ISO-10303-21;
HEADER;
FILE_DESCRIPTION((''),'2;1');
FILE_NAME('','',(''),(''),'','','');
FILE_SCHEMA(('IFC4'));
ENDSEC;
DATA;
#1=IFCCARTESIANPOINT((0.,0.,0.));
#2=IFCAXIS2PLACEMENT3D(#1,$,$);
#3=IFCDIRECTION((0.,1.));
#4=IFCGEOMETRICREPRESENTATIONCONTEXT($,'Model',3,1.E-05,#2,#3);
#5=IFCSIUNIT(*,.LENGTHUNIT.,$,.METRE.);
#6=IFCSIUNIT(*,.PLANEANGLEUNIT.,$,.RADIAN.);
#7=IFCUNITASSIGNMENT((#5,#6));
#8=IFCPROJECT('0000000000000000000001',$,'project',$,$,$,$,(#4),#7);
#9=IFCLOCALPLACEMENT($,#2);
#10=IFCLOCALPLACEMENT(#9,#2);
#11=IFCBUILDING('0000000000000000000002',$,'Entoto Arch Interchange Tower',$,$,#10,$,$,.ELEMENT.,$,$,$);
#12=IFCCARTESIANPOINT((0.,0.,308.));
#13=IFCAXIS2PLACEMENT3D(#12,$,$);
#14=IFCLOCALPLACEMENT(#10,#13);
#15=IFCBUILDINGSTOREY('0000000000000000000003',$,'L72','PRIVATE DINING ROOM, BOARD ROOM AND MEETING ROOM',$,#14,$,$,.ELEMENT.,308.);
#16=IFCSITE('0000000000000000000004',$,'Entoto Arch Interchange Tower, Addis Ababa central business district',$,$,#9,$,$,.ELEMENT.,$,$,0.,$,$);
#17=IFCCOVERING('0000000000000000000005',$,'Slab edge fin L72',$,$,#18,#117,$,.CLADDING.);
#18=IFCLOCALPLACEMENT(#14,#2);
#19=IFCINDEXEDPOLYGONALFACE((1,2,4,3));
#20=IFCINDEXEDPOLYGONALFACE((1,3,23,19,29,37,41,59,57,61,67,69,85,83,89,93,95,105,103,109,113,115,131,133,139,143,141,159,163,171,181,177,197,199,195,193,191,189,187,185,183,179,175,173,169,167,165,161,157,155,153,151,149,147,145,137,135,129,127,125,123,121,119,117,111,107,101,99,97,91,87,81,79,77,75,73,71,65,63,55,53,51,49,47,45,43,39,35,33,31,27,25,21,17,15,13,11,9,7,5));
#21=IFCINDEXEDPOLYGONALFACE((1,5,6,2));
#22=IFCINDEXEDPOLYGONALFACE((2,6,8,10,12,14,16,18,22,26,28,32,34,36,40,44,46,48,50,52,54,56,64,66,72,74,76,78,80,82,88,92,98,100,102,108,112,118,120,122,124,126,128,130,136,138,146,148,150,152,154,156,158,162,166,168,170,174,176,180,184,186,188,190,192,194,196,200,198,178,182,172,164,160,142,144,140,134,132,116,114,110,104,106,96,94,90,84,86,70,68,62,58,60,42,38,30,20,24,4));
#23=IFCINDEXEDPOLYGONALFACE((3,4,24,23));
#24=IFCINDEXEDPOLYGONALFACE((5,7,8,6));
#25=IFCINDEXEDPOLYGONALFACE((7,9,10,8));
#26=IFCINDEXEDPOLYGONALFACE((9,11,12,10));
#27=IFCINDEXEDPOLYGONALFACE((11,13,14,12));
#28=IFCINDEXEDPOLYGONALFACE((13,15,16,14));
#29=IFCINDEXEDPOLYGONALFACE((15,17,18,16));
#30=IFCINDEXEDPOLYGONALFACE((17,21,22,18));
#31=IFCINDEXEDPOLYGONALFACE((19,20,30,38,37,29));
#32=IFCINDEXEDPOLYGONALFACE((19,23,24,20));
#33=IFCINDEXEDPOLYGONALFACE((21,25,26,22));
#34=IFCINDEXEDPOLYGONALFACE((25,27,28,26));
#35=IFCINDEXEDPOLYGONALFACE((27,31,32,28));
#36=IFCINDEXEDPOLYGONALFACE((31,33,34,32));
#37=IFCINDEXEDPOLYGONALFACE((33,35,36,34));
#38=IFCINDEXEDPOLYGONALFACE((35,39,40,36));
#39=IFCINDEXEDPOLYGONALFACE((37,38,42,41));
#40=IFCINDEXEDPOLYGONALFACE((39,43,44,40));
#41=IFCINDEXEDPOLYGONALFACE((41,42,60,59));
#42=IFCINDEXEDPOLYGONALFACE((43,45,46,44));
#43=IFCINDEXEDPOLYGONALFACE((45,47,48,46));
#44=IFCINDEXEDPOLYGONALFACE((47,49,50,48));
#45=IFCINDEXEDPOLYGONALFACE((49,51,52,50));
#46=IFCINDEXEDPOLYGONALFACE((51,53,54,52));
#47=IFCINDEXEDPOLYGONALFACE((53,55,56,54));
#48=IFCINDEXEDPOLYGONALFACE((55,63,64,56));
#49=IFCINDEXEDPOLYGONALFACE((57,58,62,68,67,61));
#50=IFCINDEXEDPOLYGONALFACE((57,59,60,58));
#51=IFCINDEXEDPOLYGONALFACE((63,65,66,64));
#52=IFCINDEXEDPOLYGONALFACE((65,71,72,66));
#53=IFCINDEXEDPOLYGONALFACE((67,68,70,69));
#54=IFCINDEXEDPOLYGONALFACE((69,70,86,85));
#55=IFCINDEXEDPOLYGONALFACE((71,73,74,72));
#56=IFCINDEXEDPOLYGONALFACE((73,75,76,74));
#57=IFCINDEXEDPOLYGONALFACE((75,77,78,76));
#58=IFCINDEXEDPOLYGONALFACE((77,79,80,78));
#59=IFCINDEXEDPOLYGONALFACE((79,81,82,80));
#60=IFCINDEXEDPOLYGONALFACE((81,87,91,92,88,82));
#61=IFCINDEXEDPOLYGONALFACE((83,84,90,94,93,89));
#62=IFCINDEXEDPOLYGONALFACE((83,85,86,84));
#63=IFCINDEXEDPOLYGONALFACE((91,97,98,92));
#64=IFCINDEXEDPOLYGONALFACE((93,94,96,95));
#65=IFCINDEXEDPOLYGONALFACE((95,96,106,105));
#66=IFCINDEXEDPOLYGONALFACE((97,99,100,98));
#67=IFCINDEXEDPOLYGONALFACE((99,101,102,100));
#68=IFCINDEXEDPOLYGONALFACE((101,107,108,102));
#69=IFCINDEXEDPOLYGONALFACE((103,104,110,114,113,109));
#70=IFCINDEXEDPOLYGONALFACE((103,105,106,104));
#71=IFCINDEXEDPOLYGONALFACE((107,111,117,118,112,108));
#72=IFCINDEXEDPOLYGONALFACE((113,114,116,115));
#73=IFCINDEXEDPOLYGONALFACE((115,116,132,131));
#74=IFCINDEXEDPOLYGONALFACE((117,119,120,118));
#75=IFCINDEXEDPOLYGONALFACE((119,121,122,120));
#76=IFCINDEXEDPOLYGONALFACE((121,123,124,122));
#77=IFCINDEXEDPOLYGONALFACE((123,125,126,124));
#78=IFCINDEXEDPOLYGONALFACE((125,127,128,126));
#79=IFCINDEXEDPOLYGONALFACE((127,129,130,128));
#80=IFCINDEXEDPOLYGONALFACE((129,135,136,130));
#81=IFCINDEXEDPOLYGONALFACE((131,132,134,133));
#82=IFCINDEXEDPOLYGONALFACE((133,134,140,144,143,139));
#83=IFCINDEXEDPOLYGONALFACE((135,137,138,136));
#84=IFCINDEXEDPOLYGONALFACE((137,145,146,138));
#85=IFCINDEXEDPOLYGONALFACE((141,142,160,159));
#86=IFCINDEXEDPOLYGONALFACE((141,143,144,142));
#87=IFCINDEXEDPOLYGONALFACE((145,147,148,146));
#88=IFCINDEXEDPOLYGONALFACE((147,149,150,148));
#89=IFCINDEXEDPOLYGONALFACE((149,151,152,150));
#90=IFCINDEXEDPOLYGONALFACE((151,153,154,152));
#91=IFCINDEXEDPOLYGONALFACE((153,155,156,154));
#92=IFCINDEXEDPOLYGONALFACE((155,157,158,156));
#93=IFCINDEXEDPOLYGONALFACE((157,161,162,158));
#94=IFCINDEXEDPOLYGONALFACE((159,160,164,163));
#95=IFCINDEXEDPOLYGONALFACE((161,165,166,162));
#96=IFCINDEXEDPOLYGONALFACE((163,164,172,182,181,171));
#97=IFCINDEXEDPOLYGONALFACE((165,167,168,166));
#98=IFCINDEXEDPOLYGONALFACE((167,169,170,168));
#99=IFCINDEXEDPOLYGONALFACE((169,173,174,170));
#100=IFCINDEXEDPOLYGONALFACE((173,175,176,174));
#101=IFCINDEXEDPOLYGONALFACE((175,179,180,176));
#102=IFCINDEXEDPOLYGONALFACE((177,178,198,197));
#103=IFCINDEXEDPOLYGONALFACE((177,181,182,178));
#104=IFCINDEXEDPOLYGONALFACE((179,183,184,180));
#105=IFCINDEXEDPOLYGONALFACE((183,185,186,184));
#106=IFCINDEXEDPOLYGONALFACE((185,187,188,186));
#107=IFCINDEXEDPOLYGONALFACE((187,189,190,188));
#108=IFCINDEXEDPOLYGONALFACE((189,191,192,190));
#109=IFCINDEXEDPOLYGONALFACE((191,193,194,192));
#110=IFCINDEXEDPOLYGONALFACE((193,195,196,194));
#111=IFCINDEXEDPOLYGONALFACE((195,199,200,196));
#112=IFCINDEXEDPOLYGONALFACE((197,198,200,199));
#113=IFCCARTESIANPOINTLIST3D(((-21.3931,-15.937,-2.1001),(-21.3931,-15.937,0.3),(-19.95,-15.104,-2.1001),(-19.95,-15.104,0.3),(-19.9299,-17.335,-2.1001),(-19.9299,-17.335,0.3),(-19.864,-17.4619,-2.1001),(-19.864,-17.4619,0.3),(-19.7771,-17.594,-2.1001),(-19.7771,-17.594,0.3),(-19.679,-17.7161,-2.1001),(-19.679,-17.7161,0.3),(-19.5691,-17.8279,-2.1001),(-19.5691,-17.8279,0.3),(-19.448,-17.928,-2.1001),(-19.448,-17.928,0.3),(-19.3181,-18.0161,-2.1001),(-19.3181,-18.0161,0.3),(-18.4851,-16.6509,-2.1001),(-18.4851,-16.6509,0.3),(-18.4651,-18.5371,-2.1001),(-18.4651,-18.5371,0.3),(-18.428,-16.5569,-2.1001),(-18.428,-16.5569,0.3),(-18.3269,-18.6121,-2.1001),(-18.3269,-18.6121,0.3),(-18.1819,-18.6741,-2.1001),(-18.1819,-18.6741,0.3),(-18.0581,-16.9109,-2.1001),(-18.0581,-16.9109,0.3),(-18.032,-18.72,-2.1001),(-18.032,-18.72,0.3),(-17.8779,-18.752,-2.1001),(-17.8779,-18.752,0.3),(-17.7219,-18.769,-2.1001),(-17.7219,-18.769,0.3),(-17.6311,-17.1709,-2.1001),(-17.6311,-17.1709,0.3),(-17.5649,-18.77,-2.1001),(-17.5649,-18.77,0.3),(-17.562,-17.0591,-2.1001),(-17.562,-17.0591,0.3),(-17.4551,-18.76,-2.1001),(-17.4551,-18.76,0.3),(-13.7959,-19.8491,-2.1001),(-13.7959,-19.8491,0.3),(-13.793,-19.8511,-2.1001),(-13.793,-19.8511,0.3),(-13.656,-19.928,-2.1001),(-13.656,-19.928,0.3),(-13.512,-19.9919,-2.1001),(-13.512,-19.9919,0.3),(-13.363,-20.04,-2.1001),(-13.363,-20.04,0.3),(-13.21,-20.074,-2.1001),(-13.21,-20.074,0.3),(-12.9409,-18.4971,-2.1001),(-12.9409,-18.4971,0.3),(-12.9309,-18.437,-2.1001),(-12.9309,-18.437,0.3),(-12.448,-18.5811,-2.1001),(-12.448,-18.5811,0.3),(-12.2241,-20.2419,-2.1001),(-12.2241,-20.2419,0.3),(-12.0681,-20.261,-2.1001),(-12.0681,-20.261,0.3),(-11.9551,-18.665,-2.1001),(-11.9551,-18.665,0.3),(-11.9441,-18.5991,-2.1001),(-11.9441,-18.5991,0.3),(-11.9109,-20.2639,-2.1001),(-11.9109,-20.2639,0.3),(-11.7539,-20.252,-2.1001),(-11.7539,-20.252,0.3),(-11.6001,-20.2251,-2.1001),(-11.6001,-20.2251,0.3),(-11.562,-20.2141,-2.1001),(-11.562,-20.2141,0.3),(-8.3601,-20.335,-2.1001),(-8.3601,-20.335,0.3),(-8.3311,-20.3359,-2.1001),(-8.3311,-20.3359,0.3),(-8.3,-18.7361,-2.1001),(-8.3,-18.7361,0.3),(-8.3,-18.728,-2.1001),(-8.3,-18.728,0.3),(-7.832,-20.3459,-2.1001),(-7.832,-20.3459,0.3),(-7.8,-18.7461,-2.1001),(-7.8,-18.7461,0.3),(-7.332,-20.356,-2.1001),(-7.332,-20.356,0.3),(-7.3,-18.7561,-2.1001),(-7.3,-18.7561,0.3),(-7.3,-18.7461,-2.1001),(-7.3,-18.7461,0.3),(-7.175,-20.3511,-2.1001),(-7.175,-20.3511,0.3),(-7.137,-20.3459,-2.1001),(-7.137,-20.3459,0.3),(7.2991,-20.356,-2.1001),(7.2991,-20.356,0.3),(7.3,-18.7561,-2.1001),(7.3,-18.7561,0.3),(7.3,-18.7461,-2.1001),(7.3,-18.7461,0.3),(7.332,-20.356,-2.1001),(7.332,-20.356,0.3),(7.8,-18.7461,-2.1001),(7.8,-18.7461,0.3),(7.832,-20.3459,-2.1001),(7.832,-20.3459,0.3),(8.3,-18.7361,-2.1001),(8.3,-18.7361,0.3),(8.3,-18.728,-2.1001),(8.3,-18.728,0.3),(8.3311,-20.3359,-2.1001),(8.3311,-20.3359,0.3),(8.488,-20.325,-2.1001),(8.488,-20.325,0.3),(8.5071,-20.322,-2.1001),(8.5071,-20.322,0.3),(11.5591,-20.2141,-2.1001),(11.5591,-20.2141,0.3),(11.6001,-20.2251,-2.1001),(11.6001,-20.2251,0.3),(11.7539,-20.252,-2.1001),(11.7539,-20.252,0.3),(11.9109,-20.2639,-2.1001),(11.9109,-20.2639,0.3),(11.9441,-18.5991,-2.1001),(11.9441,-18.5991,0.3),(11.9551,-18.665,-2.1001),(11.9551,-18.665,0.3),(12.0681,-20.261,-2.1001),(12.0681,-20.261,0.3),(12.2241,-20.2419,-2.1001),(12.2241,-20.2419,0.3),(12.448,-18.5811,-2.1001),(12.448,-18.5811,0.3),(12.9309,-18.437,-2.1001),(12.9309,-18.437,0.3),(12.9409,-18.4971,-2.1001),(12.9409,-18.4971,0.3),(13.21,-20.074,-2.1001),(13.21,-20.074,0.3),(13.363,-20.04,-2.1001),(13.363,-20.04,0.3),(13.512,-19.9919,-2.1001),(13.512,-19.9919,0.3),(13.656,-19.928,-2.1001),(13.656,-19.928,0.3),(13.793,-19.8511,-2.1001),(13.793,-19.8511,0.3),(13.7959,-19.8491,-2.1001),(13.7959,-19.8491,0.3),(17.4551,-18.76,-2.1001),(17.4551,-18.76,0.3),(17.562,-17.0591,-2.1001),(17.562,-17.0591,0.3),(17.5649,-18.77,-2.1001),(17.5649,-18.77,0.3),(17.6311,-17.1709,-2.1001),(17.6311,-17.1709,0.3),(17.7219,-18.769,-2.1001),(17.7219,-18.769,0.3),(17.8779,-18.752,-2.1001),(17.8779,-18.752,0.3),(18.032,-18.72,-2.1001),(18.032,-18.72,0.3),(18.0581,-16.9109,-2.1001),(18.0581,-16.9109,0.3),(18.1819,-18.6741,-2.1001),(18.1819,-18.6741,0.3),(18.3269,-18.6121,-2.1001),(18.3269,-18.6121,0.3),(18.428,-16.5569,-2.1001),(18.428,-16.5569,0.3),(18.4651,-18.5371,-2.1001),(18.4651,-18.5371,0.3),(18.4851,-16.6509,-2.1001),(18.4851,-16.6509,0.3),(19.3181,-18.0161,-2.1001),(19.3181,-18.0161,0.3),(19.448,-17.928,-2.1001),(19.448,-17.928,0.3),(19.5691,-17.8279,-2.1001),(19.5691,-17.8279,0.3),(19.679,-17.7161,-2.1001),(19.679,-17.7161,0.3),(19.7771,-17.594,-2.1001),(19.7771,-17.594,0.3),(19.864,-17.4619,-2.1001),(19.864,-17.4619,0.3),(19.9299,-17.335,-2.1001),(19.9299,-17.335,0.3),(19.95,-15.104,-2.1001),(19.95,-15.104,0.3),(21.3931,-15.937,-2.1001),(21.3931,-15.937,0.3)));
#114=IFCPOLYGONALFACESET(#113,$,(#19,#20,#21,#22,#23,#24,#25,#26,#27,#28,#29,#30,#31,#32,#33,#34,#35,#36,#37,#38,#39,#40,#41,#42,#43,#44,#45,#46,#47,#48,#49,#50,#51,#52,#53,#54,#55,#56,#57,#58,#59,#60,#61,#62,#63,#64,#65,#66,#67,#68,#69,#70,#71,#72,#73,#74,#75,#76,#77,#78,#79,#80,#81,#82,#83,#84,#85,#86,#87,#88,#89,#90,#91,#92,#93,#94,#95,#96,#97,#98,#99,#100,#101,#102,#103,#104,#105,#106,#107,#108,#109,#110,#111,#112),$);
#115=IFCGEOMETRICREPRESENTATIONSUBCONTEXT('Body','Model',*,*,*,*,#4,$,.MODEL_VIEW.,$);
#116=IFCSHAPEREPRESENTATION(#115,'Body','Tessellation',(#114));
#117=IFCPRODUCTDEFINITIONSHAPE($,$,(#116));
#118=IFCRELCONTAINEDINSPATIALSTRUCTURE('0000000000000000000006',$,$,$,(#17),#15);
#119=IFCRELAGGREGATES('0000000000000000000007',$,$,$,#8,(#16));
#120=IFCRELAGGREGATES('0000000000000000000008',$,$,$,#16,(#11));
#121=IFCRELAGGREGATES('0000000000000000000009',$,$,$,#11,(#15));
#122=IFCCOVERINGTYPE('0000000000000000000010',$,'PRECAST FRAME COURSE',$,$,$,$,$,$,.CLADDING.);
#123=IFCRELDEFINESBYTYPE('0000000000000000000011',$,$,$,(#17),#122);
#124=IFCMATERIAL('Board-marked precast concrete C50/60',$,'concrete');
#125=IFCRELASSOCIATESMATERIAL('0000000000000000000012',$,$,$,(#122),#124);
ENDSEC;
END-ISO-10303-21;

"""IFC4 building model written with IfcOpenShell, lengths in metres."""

from ifc_helpers import new_model, si_unit, direction, frame, origin, place, context, subcontext, project, spatial, polyline, outline, extrude, material, type_object, element, save


model = new_model("IFC4")

# Units and contexts
model_context = context("Model", 3, precision=1e-05, world=origin(), true_north=direction((0.0, 1.0)))
body_context = subcontext(model_context, "Body", "Model", "MODEL_VIEW")
ifc_project = project(units=[si_unit("LENGTHUNIT", "METRE"), si_unit("PLANEANGLEUNIT", "RADIAN")], contexts=[model_context])

# Site, building, storey
site_placement = place(None, origin())
site = spatial("IfcSite", under=ifc_project, at=site_placement, Name="Entoto Arch Interchange Tower, Addis Ababa central business district", CompositionType="ELEMENT", RefElevation=0.0)
building_placement = place(site_placement, origin())
building = spatial("IfcBuilding", under=site, at=building_placement, Name="Entoto Arch Interchange Tower", CompositionType="ELEMENT")
storey_placement = place(building_placement, frame((0.0, 0.0, 308.0)))
storey = spatial("IfcBuildingStorey", under=building, at=storey_placement, Name="L72", Description="PRIVATE DINING ROOM, BOARD ROOM AND MEETING ROOM", CompositionType="ELEMENT", Elevation=308.0)

# Covering
ifc_material_1 = material(Name="Board-marked precast concrete C50/60", Category="concrete")
covering_type = type_object("IfcCoveringType", Name="PRECAST FRAME COURSE", PredefinedType="CLADDING", material=ifc_material_1)
covering_1_placement = place(storey_placement, frame((0.0, 0.0, -2.1001)))
element("IfcCovering", 1, at=covering_1_placement, inside=storey, type_object=covering_type, Name="Slab edge fin L72", PredefinedType="CLADDING", context=body_context, shape_type="SweptSolid", body=[
    extrude(outline(polyline([(19.679, -17.7161), (19.5691, -17.8279), (19.448, -17.928), (19.3181, -18.0161), (18.4651, -18.5371), (18.3269, -18.6121), (18.1819, -18.6741), (18.032, -18.72), (17.8779, -18.752), (17.7219, -18.769), (17.5649, -18.77), (17.4551, -18.76), (13.7959, -19.8491), (13.793, -19.8511), (13.656, -19.928), (13.512, -19.9919), (13.363, -20.04), (13.21, -20.074), (12.2241, -20.2419), (12.0681, -20.261), (11.9109, -20.2639), (11.7539, -20.252), (11.6001, -20.2251), (11.5591, -20.2141), (8.5071, -20.322), (8.488, -20.325), (8.3311, -20.3359), (7.832, -20.3459), (7.332, -20.356), (7.2991, -20.356), (-7.137, -20.3459), (-7.175, -20.3511), (-7.332, -20.356), (-7.832, -20.3459), (-8.3311, -20.3359), (-8.3601, -20.335), (-11.562, -20.2141), (-11.6001, -20.2251), (-11.7539, -20.252), (-11.9109, -20.2639), (-12.0681, -20.261), (-12.2241, -20.2419), (-13.21, -20.074), (-13.363, -20.04), (-13.512, -19.9919), (-13.656, -19.928), (-13.793, -19.8511), (-13.7959, -19.8491), (-17.4551, -18.76), (-17.5649, -18.77), (-17.7219, -18.769), (-17.8779, -18.752), (-18.032, -18.72), (-18.1819, -18.6741), (-18.3269, -18.6121), (-18.4651, -18.5371), (-19.3181, -18.0161), (-19.448, -17.928), (-19.5691, -17.8279), (-19.679, -17.7161), (-19.7771, -17.594), (-19.864, -17.4619), (-19.9299, -17.335), (-21.3931, -15.937), (-19.95, -15.104), (-18.428, -16.5569), (-18.4851, -16.6509), (-18.0581, -16.9109), (-17.6311, -17.1709), (-17.562, -17.0591), (-12.9309, -18.437), (-12.9409, -18.4971), (-12.448, -18.5811), (-11.9551, -18.665), (-11.9441, -18.5991), (-8.3, -18.728), (-8.3, -18.7361), (-7.8, -18.7461), (-7.3, -18.7561), (-7.3, -18.7461), (7.3, -18.7461), (7.3, -18.7561), (7.8, -18.7461), (8.3, -18.7361), (8.3, -18.728), (11.9441, -18.5991), (11.9551, -18.665), (12.448, -18.5811), (12.9409, -18.4971), (12.9309, -18.437), (17.562, -17.0591), (17.6311, -17.1709), (18.0581, -16.9109), (18.4851, -16.6509), (18.428, -16.5569), (19.95, -15.104), (21.3931, -15.937), (19.9299, -17.335), (19.864, -17.4619), (19.7771, -17.594), (19.679, -17.7161)])), origin(), (0.0, 0.0, 1.0), 2.4001),
])

save(model, "model.ifc")
